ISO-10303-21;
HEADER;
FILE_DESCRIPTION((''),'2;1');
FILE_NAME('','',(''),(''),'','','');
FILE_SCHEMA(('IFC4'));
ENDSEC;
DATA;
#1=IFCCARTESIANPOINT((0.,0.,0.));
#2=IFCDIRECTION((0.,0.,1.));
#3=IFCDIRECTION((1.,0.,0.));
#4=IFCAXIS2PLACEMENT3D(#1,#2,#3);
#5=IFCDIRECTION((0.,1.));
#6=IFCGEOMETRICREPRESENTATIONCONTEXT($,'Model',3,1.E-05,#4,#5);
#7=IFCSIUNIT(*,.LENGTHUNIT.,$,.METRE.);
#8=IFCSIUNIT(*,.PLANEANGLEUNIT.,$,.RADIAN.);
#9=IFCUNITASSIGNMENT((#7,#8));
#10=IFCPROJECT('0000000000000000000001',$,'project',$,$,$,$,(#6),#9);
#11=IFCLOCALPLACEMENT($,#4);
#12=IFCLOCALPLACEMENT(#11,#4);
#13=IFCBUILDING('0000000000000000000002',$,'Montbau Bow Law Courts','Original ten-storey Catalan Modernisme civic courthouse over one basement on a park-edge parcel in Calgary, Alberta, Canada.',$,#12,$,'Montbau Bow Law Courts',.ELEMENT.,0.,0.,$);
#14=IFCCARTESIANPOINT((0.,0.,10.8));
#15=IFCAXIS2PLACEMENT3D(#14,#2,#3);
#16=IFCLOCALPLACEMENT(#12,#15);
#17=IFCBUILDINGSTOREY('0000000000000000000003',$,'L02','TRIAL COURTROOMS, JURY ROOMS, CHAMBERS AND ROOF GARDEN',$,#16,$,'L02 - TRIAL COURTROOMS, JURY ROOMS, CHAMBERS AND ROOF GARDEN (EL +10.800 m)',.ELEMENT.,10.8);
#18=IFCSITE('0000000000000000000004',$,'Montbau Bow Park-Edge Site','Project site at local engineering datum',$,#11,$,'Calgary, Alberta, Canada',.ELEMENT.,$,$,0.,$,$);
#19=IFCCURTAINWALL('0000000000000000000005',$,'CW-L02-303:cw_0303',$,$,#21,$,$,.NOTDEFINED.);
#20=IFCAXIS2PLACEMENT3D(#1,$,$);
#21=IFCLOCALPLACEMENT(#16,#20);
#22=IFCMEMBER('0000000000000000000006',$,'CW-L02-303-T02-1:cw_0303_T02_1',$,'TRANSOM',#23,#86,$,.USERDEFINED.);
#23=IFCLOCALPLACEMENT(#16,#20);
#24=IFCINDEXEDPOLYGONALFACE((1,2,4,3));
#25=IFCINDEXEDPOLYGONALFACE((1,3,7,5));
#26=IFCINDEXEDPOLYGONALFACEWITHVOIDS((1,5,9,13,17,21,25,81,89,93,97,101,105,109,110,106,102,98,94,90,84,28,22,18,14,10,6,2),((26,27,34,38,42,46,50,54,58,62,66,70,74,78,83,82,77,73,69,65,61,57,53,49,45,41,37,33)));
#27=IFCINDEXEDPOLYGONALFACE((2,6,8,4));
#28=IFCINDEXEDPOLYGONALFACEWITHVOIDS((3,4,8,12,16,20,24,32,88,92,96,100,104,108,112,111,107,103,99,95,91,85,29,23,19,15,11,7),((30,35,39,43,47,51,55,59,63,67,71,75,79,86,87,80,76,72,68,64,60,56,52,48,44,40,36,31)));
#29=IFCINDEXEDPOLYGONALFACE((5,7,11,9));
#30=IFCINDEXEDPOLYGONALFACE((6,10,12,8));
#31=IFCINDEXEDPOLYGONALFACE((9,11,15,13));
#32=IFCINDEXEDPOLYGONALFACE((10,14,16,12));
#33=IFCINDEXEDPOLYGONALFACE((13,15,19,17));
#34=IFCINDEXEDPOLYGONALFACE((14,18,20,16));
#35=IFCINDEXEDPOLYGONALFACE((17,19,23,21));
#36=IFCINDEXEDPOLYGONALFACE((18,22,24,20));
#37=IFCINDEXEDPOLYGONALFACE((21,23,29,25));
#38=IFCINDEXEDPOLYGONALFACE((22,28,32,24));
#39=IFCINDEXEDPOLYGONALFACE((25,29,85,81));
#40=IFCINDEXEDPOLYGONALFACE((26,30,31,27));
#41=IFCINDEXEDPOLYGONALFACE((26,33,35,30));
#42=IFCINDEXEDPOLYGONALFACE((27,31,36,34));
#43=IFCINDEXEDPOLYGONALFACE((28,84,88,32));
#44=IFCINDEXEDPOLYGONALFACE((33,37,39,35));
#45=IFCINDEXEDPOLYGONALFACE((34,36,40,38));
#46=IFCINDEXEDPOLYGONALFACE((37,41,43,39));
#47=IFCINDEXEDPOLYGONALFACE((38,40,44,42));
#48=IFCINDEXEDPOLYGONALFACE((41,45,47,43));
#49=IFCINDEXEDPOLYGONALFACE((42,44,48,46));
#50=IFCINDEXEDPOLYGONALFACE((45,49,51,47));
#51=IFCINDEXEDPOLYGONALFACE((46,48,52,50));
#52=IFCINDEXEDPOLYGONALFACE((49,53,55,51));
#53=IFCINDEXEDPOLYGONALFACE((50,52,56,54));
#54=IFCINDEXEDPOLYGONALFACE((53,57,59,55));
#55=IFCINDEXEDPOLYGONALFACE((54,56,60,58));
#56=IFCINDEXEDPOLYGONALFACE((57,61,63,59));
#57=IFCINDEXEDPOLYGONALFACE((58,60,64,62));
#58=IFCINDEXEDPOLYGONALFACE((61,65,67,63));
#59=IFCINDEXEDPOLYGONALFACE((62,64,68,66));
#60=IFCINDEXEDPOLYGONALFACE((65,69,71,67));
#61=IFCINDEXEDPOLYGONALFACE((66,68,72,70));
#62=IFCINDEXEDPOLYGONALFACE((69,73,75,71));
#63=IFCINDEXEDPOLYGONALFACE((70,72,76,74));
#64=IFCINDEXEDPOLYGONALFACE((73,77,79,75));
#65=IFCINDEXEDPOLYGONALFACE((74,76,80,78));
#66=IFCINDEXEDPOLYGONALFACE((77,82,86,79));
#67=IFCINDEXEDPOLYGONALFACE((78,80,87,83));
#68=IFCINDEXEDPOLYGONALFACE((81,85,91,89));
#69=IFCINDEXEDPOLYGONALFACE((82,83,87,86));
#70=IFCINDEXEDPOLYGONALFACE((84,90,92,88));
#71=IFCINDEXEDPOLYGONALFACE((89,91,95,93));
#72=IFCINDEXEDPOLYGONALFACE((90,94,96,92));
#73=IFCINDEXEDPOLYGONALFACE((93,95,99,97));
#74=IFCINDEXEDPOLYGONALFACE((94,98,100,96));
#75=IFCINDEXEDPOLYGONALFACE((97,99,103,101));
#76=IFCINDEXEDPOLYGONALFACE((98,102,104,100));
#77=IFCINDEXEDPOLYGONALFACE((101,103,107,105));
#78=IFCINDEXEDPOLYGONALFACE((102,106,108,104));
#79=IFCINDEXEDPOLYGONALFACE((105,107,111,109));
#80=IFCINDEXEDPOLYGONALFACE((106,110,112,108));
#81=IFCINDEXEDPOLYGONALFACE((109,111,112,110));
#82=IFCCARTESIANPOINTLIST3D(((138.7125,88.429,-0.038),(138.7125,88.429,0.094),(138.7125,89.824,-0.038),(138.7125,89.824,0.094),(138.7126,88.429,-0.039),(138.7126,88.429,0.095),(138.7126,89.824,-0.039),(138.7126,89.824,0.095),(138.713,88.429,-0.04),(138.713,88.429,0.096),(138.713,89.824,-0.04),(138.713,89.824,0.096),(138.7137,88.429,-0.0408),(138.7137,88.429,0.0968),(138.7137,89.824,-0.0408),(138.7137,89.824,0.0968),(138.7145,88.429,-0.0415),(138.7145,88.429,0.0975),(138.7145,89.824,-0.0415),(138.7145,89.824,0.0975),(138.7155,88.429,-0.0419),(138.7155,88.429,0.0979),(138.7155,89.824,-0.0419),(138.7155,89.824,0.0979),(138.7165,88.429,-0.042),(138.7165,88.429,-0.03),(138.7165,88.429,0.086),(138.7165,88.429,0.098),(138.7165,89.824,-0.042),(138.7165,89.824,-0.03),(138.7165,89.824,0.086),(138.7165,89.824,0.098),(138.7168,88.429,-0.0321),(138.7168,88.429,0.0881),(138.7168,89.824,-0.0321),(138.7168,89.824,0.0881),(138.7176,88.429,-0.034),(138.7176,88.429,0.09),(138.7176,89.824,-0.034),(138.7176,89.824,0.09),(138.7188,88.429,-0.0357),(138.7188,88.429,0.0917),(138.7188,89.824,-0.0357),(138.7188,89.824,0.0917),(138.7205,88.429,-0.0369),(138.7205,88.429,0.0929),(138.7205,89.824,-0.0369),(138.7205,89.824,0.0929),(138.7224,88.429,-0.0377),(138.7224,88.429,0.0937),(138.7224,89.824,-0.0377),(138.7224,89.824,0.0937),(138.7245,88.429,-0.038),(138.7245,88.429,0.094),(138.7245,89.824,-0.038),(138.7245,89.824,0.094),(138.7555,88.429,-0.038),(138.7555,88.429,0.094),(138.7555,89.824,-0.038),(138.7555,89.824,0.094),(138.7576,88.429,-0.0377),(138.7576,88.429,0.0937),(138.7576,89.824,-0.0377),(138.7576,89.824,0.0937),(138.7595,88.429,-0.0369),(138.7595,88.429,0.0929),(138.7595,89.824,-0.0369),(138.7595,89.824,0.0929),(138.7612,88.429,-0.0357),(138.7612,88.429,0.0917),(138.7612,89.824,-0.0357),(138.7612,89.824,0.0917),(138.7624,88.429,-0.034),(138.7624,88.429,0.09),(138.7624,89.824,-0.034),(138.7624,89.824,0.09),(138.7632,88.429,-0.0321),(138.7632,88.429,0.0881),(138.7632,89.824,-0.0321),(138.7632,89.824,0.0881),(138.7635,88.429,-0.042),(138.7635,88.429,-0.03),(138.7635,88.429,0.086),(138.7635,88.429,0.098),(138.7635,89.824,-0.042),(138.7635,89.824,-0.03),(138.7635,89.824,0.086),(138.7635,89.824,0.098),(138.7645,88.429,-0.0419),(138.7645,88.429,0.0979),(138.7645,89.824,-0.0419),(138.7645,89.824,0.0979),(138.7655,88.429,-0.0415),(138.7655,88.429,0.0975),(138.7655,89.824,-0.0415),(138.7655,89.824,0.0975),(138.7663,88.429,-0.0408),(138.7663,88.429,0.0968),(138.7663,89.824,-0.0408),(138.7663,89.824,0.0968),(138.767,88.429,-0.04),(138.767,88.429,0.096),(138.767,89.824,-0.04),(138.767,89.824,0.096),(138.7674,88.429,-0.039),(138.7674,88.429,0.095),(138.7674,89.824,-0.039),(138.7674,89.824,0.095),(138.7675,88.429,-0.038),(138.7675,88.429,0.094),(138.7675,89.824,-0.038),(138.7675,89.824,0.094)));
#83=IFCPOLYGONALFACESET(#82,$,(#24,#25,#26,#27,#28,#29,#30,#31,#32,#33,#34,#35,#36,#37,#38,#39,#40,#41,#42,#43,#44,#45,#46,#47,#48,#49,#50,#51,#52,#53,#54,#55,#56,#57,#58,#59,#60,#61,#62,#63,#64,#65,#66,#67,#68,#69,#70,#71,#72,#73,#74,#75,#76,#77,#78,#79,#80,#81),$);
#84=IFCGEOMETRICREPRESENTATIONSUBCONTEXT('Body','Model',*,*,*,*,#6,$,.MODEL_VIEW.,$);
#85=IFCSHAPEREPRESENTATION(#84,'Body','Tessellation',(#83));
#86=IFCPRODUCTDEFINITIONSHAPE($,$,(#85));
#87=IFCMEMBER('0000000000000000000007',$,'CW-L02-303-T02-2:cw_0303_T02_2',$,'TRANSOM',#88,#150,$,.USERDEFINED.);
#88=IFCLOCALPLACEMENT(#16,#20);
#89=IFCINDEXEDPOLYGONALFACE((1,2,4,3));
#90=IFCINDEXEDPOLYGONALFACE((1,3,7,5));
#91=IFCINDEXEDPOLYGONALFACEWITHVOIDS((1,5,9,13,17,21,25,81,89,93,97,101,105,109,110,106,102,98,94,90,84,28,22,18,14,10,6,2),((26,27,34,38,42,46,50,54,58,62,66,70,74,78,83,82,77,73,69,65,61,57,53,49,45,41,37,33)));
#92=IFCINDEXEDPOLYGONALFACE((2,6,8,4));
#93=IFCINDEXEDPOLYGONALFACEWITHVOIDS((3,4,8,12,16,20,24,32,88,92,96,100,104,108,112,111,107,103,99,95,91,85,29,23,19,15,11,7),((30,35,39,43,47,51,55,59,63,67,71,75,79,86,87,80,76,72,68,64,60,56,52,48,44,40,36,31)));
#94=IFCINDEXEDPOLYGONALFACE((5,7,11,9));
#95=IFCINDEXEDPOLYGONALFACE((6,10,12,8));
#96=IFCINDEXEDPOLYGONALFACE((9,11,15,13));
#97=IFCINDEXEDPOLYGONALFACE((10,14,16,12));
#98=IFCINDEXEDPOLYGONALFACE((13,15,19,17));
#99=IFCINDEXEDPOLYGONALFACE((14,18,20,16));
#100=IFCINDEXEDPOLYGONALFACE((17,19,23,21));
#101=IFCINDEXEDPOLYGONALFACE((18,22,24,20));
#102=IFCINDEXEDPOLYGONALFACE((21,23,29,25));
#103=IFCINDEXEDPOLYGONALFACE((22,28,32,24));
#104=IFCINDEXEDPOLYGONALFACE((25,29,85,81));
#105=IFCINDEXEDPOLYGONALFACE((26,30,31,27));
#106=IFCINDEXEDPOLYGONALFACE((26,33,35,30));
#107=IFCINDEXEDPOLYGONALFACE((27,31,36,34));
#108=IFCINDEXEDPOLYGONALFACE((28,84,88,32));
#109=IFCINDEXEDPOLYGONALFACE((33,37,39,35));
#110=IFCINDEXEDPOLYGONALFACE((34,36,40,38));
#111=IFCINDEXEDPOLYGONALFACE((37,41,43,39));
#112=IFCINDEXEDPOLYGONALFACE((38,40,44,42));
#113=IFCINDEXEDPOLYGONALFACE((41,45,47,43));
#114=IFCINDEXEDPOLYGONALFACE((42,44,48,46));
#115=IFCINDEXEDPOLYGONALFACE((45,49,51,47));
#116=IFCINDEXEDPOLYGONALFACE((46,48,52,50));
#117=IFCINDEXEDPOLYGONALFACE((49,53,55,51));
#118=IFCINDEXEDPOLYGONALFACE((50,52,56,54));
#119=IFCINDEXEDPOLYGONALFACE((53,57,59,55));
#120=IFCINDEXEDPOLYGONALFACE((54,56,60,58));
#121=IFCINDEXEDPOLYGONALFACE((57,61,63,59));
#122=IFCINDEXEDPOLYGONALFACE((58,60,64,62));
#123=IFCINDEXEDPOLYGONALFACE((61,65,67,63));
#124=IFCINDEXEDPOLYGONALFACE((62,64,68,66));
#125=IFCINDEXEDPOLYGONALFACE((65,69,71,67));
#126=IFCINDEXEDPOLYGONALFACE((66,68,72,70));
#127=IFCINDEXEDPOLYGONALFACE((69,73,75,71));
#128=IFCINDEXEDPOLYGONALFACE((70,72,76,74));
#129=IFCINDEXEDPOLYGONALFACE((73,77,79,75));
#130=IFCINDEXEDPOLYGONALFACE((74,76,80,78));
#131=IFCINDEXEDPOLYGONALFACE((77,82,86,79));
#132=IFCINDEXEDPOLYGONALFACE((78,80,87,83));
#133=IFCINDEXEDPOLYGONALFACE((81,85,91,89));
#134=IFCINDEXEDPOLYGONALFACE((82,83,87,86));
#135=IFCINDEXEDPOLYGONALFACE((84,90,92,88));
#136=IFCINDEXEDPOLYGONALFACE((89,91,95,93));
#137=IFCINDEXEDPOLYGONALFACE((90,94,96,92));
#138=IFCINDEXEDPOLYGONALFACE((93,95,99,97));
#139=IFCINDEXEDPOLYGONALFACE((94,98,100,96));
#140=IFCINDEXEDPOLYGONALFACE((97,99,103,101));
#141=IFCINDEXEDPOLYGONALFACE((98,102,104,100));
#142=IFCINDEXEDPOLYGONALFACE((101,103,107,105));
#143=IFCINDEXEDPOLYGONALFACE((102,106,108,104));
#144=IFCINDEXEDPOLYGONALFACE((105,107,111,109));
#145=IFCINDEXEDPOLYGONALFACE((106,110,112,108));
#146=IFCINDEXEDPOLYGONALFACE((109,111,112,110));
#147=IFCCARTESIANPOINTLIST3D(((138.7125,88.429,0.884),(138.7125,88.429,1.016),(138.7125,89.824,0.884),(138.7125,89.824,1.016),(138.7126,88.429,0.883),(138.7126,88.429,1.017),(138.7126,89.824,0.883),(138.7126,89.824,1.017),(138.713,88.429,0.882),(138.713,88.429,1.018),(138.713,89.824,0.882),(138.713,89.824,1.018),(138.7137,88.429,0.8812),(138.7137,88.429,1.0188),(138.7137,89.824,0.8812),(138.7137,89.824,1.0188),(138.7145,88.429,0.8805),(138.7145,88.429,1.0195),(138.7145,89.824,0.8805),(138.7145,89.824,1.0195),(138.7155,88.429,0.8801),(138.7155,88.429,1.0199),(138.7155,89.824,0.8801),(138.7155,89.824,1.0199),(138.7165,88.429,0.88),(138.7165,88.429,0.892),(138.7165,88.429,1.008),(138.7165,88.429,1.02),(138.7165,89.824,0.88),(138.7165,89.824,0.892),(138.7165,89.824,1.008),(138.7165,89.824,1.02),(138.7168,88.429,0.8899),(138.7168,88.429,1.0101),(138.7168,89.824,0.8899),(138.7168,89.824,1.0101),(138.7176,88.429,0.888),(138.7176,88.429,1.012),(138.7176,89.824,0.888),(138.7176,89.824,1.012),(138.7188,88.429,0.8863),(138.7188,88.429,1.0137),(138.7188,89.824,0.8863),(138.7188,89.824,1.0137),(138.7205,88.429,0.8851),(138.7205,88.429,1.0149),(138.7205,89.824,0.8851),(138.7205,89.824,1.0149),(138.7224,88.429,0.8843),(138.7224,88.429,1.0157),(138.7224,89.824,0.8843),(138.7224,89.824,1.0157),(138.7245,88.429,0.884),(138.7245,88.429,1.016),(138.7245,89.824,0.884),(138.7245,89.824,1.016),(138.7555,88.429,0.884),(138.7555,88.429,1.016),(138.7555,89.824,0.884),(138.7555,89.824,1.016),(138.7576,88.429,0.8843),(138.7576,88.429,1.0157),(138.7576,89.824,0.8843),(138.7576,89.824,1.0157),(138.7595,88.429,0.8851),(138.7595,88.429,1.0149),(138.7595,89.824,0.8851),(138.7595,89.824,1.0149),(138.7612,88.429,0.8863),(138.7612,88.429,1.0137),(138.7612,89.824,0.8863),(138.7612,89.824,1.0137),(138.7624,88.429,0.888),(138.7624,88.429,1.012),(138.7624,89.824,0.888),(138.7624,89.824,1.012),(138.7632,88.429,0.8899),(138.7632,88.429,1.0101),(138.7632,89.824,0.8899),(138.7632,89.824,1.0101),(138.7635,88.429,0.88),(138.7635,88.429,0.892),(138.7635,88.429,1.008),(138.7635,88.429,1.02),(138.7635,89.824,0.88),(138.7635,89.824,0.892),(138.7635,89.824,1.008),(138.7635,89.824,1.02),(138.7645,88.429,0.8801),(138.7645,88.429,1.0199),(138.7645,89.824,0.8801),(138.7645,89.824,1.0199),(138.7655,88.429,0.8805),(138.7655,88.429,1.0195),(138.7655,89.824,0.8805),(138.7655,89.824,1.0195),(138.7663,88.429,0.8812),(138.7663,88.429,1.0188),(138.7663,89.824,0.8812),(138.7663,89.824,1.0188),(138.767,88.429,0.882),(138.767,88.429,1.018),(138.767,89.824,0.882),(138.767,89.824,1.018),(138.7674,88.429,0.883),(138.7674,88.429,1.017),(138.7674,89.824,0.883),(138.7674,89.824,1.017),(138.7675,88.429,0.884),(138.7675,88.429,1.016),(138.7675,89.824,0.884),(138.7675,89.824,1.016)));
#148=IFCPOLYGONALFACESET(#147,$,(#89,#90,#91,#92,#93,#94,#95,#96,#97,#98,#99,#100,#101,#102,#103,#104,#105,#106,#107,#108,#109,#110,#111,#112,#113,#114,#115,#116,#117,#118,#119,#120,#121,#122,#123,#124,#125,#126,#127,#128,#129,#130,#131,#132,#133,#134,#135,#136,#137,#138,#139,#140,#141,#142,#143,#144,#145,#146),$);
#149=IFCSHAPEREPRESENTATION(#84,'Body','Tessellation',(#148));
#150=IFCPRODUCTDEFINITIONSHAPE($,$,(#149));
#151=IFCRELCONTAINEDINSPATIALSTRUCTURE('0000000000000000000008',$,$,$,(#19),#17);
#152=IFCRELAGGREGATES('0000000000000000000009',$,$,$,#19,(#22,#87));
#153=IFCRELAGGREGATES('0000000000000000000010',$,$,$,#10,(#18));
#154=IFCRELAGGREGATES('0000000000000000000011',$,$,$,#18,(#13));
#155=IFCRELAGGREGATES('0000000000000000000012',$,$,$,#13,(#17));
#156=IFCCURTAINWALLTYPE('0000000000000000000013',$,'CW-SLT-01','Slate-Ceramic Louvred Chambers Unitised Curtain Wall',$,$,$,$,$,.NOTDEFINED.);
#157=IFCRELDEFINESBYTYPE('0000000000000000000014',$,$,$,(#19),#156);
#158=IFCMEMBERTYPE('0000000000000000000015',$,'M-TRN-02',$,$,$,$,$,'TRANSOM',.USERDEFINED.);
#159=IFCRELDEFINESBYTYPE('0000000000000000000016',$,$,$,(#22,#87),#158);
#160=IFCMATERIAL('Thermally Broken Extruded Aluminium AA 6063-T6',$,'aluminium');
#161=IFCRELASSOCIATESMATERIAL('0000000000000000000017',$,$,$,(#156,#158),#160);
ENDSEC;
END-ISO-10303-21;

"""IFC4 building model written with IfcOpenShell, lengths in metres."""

from ifc_helpers import new_model, si_unit, direction, frame, origin_with_axes, origin_2d_with_axis, place, context, subcontext, project, spatial, hollow_rectangle, extrude, material, material_profile, profile_set, type_object, element, aggregate, save


model = new_model("IFC4")

# Units and contexts
model_context = context("Model", 3, precision=1e-05, world=origin_with_axes(), true_north=direction((0.0, 1.0)))
body_context = subcontext(model_context, "Body", "Model", "MODEL_VIEW")
ifc_project = project(units=[si_unit("LENGTHUNIT", "METRE"), si_unit("PLANEANGLEUNIT", "RADIAN")], contexts=[model_context])

# Site, building, storey
site_placement = place(None, origin_with_axes())
site = spatial("IfcSite", under=ifc_project, at=site_placement, Name="Montbau Bow Park-Edge Site", Description="Project site at local engineering datum", LongName="Calgary, Alberta, Canada", CompositionType="ELEMENT", RefElevation=0.0)
building_placement = place(site_placement, origin_with_axes())
building = spatial("IfcBuilding", under=site, at=building_placement, Name="Montbau Bow Law Courts", Description="Original ten-storey Catalan Modernisme civic courthouse over one basement on a park-edge parcel in Calgary, Alberta, Canada.", LongName="Montbau Bow Law Courts", CompositionType="ELEMENT", ElevationOfRefHeight=0.0, ElevationOfTerrain=0.0)
storey_placement = place(building_placement, frame((0.0, 0.0, 10.8), z_axis=(0.0, 0.0, 1.0), x_axis=(1.0, 0.0, 0.0)))
storey = spatial("IfcBuildingStorey", under=building, at=storey_placement, Name="L02", Description="TRIAL COURTROOMS, JURY ROOMS, CHAMBERS AND ROOF GARDEN", LongName="L02 - TRIAL COURTROOMS, JURY ROOMS, CHAMBERS AND ROOF GARDEN (EL +10.800 m)", CompositionType="ELEMENT", Elevation=10.8)

# Curtain wall, members
ifc_material_1 = material(Name="Thermally Broken Extruded Aluminium AA 6063-T6", Category="aluminium")
curtain_wall_type = type_object("IfcCurtainWallType", Name="CW-SLT-01", Description="Slate-Ceramic Louvred Chambers Unitised Curtain Wall", PredefinedType="NOTDEFINED", material=ifc_material_1)
curtain_wall_placement = place(None, frame((138.74, 86.915, 10.8), z_axis=(0.0, 0.0, 1.0), x_axis=(1.0, 0.0, 0.0)))
curtain_wall = element("IfcCurtainWall", 1, at=curtain_wall_placement, inside=storey, type_object=curtain_wall_type, Name="CW-L02-303:cw_0303", PredefinedType="NOTDEFINED")
ifc_material_profile_1 = material_profile(ifc_material_1, hollow_rectangle(XDim=0.055, YDim=0.14, WallThickness=0.004, InnerFilletRadius=0.008, OuterFilletRadius=0.004, at=origin_2d_with_axis()), Name="CWT-140X55", Category="Main", Priority=0)
ifc_profile_set_1 = profile_set([ifc_material_profile_1], Name="Thermally Broken Extruded Aluminium AA 6063-T6")
member_type_1 = type_object("IfcMemberType", Name="M-TRN-02", ElementType="TRANSOM", PredefinedType="USERDEFINED", material=ifc_profile_set_1)
member_1_placement = place(None, frame((138.74, 88.429, 10.828), z_axis=(0.0, 1.0, 0.0), x_axis=(-1.0, 0.0, 0.0)))
member_1 = element("IfcMember", 2, at=member_1_placement, type_object=member_type_1, Name="CW-L02-303-T02-1:cw_0303_T02_1", ObjectType="TRANSOM", PredefinedType="USERDEFINED", context=body_context, shape_type="SweptSolid", body=[
    extrude(hollow_rectangle(XDim=0.055, YDim=0.14, WallThickness=0.004, InnerFilletRadius=0.008, OuterFilletRadius=0.004, at=origin_2d_with_axis()), origin_with_axes(), (0.0, 0.0, 1.0), 1.395),
])
member_2_placement = place(None, frame((138.74, 88.429, 11.75), z_axis=(0.0, 1.0, 0.0), x_axis=(-1.0, 0.0, 0.0)))
member_2 = element("IfcMember", 3, at=member_2_placement, type_object=member_type_1, Name="CW-L02-303-T02-2:cw_0303_T02_2", ObjectType="TRANSOM", PredefinedType="USERDEFINED", context=body_context, shape_type="SweptSolid", body=[
    extrude(hollow_rectangle(XDim=0.055, YDim=0.14, WallThickness=0.004, InnerFilletRadius=0.008, OuterFilletRadius=0.004, at=origin_2d_with_axis()), origin_with_axes(), (0.0, 0.0, 1.0), 1.395),
])
aggregate(curtain_wall, [member_1, member_2])

save(model, "model.ifc")
